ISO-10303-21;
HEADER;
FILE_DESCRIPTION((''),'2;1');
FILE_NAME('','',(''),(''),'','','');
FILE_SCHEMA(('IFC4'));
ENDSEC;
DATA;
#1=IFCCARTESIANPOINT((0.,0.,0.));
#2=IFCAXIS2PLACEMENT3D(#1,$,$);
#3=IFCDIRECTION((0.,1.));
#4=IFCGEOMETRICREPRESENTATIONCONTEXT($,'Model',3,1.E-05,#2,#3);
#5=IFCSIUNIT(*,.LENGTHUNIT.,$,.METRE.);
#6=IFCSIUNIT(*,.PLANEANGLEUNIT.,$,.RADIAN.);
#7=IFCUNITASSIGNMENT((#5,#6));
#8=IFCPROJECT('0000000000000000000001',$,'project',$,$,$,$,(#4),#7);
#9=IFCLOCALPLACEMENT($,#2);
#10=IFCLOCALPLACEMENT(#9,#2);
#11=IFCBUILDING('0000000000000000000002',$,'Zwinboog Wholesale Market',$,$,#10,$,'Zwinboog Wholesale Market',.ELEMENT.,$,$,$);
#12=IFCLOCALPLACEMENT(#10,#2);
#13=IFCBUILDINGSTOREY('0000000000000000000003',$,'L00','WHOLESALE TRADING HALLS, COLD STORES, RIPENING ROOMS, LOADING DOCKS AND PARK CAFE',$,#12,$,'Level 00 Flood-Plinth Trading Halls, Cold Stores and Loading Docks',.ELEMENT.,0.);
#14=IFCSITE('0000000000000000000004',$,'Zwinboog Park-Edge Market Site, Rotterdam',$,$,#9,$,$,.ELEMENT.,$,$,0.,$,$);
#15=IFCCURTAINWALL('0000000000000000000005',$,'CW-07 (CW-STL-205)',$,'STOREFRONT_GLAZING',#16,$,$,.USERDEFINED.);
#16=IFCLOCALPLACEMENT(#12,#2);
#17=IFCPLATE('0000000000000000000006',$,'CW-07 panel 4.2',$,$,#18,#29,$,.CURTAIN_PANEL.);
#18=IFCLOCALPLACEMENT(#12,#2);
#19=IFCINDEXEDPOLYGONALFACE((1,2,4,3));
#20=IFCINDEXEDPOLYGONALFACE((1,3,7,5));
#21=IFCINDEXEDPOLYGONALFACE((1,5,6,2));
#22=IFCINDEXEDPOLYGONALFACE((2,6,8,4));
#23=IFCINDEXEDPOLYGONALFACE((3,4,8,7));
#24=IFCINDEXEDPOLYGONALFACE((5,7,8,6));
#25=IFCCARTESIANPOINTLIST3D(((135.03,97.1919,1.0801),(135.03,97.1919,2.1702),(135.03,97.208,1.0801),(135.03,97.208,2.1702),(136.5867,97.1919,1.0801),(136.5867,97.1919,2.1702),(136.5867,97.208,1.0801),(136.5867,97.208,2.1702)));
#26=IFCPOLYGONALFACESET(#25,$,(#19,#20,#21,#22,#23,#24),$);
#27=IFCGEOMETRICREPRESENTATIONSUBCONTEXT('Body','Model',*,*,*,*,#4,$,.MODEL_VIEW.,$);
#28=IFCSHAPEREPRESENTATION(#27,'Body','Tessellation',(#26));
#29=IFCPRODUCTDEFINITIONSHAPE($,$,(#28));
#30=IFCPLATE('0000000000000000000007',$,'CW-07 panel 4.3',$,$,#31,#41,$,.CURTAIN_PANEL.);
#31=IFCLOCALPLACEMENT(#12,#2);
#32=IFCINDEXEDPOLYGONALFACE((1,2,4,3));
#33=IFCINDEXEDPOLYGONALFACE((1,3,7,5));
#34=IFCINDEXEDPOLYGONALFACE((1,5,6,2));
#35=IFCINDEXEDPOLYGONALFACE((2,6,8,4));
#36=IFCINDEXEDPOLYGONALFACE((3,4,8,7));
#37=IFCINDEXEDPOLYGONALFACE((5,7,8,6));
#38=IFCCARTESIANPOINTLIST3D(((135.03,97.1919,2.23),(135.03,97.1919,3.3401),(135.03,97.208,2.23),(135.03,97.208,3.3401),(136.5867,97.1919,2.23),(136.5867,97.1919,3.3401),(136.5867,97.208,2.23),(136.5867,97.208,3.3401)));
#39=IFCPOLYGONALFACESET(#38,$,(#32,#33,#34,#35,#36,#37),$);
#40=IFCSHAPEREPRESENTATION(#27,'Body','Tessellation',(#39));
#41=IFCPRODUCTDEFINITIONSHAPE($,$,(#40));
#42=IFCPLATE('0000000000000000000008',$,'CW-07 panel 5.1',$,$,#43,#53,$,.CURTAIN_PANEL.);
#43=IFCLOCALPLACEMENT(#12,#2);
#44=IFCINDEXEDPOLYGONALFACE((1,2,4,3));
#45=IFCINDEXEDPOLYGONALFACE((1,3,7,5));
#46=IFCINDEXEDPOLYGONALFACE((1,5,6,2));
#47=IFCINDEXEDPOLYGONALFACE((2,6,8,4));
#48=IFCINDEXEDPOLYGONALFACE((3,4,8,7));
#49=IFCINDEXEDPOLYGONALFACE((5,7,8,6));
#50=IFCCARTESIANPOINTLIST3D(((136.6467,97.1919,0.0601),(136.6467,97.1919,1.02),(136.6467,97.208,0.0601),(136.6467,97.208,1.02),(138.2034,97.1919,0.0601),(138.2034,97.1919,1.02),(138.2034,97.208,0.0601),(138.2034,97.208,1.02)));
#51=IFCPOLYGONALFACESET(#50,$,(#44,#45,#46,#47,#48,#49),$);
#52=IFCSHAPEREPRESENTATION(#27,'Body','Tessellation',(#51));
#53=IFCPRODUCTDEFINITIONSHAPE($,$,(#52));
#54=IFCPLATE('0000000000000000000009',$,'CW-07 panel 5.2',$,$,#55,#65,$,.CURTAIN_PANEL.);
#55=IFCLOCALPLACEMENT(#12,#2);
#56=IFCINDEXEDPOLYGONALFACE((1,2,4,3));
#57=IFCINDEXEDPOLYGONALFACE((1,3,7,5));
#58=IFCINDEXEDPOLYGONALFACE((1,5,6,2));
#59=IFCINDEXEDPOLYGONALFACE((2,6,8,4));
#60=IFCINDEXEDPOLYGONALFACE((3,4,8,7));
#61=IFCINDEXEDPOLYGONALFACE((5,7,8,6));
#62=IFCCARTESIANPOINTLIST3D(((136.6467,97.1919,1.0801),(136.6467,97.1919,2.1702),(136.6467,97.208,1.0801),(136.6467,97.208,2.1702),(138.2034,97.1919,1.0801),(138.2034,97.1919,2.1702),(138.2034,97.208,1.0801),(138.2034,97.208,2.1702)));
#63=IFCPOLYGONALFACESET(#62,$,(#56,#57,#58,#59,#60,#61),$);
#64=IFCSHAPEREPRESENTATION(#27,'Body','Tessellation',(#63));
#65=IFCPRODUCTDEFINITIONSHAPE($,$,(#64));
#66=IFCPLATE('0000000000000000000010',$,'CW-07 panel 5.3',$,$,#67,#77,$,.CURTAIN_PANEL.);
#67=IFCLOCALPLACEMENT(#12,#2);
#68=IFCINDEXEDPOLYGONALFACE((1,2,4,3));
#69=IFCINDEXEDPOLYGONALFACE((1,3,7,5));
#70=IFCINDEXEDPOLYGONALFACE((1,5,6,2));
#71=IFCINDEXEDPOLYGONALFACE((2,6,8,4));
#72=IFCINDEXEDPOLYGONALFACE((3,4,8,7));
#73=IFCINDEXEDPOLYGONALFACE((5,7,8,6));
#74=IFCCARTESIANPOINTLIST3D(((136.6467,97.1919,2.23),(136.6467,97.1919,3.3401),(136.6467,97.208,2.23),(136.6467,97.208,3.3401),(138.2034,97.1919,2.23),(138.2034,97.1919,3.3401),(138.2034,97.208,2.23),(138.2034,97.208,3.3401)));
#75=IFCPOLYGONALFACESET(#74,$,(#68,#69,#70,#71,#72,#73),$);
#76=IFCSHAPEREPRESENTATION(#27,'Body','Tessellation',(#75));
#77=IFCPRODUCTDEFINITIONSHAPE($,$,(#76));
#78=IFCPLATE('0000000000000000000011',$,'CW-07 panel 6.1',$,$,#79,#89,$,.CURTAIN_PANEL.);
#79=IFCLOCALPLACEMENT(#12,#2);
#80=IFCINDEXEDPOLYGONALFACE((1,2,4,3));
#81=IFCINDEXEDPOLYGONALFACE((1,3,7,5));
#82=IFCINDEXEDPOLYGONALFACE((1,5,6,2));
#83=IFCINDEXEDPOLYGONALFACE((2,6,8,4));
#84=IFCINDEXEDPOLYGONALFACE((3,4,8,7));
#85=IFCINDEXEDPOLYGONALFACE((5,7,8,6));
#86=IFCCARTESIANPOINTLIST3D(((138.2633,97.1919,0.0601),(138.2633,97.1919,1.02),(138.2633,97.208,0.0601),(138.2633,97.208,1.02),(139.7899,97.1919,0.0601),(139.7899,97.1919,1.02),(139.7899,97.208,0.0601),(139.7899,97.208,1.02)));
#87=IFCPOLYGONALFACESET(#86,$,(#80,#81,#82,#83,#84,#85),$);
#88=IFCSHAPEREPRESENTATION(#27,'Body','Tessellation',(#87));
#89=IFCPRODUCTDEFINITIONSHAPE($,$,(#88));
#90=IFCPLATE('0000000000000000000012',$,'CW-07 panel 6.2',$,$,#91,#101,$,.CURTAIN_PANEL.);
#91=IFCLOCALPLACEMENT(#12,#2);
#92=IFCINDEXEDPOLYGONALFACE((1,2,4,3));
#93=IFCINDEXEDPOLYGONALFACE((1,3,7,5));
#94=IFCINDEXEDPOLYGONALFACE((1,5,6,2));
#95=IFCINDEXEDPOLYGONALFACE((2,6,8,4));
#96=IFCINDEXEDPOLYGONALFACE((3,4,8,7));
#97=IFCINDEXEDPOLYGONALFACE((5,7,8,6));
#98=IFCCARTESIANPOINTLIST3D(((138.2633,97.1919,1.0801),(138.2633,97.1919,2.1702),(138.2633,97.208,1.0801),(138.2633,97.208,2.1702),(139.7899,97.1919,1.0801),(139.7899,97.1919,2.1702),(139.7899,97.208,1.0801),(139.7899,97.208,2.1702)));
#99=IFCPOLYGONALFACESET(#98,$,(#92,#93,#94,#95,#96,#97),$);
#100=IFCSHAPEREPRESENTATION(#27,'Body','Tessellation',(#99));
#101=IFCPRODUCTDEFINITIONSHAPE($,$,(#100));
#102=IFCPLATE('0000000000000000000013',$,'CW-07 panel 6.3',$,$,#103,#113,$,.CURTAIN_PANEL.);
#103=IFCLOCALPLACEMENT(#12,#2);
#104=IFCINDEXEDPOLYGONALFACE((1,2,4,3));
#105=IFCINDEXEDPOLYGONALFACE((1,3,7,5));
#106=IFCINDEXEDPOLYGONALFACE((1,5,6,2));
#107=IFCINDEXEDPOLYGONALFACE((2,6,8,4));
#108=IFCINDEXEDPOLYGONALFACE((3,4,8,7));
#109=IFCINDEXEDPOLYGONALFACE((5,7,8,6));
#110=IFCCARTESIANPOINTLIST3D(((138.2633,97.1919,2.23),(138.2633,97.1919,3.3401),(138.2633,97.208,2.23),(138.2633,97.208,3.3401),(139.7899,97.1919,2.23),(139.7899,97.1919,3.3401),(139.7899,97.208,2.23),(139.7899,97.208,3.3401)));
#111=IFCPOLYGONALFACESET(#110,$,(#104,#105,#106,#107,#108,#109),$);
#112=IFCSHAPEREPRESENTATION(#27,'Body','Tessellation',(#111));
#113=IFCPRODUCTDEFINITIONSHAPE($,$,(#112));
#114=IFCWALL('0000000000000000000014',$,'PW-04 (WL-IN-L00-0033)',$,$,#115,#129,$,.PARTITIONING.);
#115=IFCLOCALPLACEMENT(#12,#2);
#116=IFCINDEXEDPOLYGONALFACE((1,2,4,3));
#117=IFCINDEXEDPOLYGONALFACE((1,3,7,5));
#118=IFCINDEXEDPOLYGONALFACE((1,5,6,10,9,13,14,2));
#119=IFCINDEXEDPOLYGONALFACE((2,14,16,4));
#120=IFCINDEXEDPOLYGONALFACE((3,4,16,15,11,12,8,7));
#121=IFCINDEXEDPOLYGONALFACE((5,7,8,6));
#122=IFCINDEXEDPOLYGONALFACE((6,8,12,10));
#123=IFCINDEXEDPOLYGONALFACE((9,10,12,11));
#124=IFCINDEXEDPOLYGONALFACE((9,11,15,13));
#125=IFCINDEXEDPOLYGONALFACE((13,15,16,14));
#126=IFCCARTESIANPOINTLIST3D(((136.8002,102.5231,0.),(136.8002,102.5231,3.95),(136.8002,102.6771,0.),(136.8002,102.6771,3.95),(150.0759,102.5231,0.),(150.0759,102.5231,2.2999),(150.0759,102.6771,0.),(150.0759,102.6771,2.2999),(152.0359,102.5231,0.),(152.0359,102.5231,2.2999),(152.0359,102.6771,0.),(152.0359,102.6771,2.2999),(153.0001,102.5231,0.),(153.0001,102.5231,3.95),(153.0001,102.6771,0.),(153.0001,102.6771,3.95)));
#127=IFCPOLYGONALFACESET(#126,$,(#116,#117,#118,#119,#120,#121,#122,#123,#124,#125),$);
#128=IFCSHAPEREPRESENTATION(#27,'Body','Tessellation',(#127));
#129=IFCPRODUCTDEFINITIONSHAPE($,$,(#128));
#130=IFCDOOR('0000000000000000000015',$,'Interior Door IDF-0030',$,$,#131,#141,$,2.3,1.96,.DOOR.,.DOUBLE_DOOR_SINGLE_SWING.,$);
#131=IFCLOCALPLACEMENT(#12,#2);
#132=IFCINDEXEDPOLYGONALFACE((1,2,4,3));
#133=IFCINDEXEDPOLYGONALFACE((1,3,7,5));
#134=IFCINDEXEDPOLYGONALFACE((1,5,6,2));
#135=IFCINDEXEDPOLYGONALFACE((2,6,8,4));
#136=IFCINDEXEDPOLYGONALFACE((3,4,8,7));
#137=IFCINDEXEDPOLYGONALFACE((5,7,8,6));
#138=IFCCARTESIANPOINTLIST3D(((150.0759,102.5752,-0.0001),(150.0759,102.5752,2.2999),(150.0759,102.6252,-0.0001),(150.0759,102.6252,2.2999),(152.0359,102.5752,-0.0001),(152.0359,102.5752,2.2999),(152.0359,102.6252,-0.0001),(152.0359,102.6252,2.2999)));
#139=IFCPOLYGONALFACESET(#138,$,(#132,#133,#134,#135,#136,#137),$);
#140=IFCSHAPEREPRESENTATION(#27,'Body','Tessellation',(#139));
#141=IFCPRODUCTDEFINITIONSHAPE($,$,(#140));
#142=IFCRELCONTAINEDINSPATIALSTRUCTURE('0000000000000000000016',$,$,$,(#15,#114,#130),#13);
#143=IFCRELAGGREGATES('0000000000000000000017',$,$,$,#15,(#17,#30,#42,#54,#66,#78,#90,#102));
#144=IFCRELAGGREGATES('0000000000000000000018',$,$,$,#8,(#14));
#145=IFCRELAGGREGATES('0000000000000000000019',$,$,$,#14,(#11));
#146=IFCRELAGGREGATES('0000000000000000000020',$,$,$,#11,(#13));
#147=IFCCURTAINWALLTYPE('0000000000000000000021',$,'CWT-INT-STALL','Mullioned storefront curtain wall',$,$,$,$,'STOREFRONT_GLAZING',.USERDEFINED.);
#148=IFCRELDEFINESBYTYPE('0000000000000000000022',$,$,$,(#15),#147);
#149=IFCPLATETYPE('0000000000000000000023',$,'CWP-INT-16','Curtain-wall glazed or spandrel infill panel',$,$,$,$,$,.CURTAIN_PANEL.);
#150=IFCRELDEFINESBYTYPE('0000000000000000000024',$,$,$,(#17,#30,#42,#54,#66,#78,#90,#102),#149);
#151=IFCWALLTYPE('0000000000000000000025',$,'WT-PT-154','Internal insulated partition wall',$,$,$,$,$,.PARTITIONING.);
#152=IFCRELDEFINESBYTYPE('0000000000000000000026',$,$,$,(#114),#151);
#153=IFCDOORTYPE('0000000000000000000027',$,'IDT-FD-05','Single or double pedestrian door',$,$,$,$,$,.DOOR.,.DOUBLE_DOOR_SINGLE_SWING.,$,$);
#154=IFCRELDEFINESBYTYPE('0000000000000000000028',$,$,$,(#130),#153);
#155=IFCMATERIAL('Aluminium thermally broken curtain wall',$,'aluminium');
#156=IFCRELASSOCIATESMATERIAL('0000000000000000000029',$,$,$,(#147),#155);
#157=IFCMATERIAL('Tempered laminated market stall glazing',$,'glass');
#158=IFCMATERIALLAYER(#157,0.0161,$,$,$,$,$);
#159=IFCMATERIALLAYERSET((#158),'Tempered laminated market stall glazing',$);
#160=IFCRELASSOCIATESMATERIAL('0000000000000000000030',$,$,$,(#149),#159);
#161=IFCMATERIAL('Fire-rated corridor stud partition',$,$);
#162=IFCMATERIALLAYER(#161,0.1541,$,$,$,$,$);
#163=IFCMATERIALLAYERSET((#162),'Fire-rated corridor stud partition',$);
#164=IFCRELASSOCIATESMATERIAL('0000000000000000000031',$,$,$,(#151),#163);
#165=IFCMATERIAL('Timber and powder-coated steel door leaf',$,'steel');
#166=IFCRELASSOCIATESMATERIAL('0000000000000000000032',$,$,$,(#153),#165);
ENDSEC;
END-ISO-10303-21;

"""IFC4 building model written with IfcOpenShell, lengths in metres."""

from ifc_helpers import new_model, si_unit, direction, frame, frame_2d, origin, origin_2d, place, context, subcontext, project, spatial, rectangle, extrude, material, layer, layer_set, type_object, element, fill, aggregate, save


model = new_model("IFC4")

# Units and contexts
model_context = context("Model", 3, precision=1e-05, world=origin(), true_north=direction((0.0, 1.0)))
body_context = subcontext(model_context, "Body", "Model", "MODEL_VIEW")
ifc_project = project(units=[si_unit("LENGTHUNIT", "METRE"), si_unit("PLANEANGLEUNIT", "RADIAN")], contexts=[model_context])

# Site, building, storey
site_placement = place(None, origin())
site = spatial("IfcSite", under=ifc_project, at=site_placement, Name="Zwinboog Park-Edge Market Site, Rotterdam", CompositionType="ELEMENT", RefElevation=0.0)
building_placement = place(site_placement, origin())
building = spatial("IfcBuilding", under=site, at=building_placement, Name="Zwinboog Wholesale Market", LongName="Zwinboog Wholesale Market", CompositionType="ELEMENT")
storey_placement = place(building_placement, origin())
storey = spatial("IfcBuildingStorey", under=building, at=storey_placement, Name="L00", Description="WHOLESALE TRADING HALLS, COLD STORES, RIPENING ROOMS, LOADING DOCKS AND PARK CAFE", LongName="Level 00 Flood-Plinth Trading Halls, Cold Stores and Loading Docks", CompositionType="ELEMENT", Elevation=0.0)

# Curtain wall, plates
ifc_material_1 = material(Name="Aluminium thermally broken curtain wall", Category="aluminium")
curtain_wall_type = type_object("IfcCurtainWallType", Name="CWT-INT-STALL", Description="Mullioned storefront curtain wall", ElementType="STOREFRONT_GLAZING", PredefinedType="USERDEFINED", material=ifc_material_1)
curtain_wall_placement = place(storey_placement, origin())
curtain_wall = element("IfcCurtainWall", 1, at=curtain_wall_placement, inside=storey, type_object=curtain_wall_type, Name="CW-07 (CW-STL-205)", ObjectType="STOREFRONT_GLAZING", PredefinedType="USERDEFINED")
ifc_material_2 = material(Name="Tempered laminated market stall glazing", Category="glass")
ifc_layer_1 = layer(ifc_material_2, 0.0161)
ifc_layer_set_1 = layer_set([ifc_layer_1], Name="Tempered laminated market stall glazing")
plate_type = type_object("IfcPlateType", Name="CWP-INT-16", Description="Curtain-wall glazed or spandrel infill panel", PredefinedType="CURTAIN_PANEL", material=ifc_layer_set_1)
plate_1_placement = place(storey_placement, frame((135.8083, 97.2, 1.0801), z_axis=(0.0, 0.0, 1.0), x_axis=(1.0, 0.0, 0.0)))
plate_1 = element("IfcPlate", 2, at=plate_1_placement, type_object=plate_type, Name="CW-07 panel 4.2", PredefinedType="CURTAIN_PANEL", context=body_context, shape_type="SweptSolid", body=[
    extrude(rectangle(XDim=1.5566, YDim=0.0161, at=origin_2d()), origin(), (0.0, 0.0, 1.0), 1.0901),
])
plate_2_placement = place(storey_placement, frame((135.8083, 97.2, 2.23), z_axis=(0.0, 0.0, 1.0), x_axis=(1.0, 0.0, 0.0)))
plate_2 = element("IfcPlate", 3, at=plate_2_placement, type_object=plate_type, Name="CW-07 panel 4.3", PredefinedType="CURTAIN_PANEL", context=body_context, shape_type="SweptSolid", body=[
    extrude(rectangle(XDim=1.5566, YDim=0.0161, at=origin_2d()), origin(), (0.0, 0.0, 1.0), 1.1101),
])
plate_3_placement = place(storey_placement, frame((137.425, 97.2, 0.0601), z_axis=(0.0, 0.0, 1.0), x_axis=(1.0, 0.0, 0.0)))
plate_3 = element("IfcPlate", 4, at=plate_3_placement, type_object=plate_type, Name="CW-07 panel 5.1", PredefinedType="CURTAIN_PANEL", context=body_context, shape_type="SweptSolid", body=[
    extrude(rectangle(XDim=1.5566, YDim=0.0161, at=origin_2d()), origin(), (0.0, 0.0, 1.0), 0.96),
])
plate_4_placement = place(storey_placement, frame((137.425, 97.2, 1.0801), z_axis=(0.0, 0.0, 1.0), x_axis=(1.0, 0.0, 0.0)))
plate_4 = element("IfcPlate", 5, at=plate_4_placement, type_object=plate_type, Name="CW-07 panel 5.2", PredefinedType="CURTAIN_PANEL", context=body_context, shape_type="SweptSolid", body=[
    extrude(rectangle(XDim=1.5566, YDim=0.0161, at=origin_2d()), origin(), (0.0, 0.0, 1.0), 1.0901),
])
plate_5_placement = place(storey_placement, frame((137.425, 97.2, 2.23), z_axis=(0.0, 0.0, 1.0), x_axis=(1.0, 0.0, 0.0)))
plate_5 = element("IfcPlate", 6, at=plate_5_placement, type_object=plate_type, Name="CW-07 panel 5.3", PredefinedType="CURTAIN_PANEL", context=body_context, shape_type="SweptSolid", body=[
    extrude(rectangle(XDim=1.5566, YDim=0.0161, at=origin_2d()), origin(), (0.0, 0.0, 1.0), 1.1101),
])
plate_6_placement = place(storey_placement, frame((139.0266, 97.2, 0.0601), z_axis=(0.0, 0.0, 1.0), x_axis=(1.0, 0.0, 0.0)))
plate_6 = element("IfcPlate", 7, at=plate_6_placement, type_object=plate_type, Name="CW-07 panel 6.1", PredefinedType="CURTAIN_PANEL", context=body_context, shape_type="SweptSolid", body=[
    extrude(rectangle(XDim=1.5266, YDim=0.0161, at=origin_2d()), origin(), (0.0, 0.0, 1.0), 0.96),
])
plate_7_placement = place(storey_placement, frame((139.0266, 97.2, 1.0801), z_axis=(0.0, 0.0, 1.0), x_axis=(1.0, 0.0, 0.0)))
plate_7 = element("IfcPlate", 8, at=plate_7_placement, type_object=plate_type, Name="CW-07 panel 6.2", PredefinedType="CURTAIN_PANEL", context=body_context, shape_type="SweptSolid", body=[
    extrude(rectangle(XDim=1.5266, YDim=0.0161, at=origin_2d()), origin(), (0.0, 0.0, 1.0), 1.0901),
])
plate_8_placement = place(storey_placement, frame((139.0266, 97.2, 2.23), z_axis=(0.0, 0.0, 1.0), x_axis=(1.0, 0.0, 0.0)))
plate_8 = element("IfcPlate", 9, at=plate_8_placement, type_object=plate_type, Name="CW-07 panel 6.3", PredefinedType="CURTAIN_PANEL", context=body_context, shape_type="SweptSolid", body=[
    extrude(rectangle(XDim=1.5266, YDim=0.0161, at=origin_2d()), origin(), (0.0, 0.0, 1.0), 1.1101),
])
aggregate(curtain_wall, [plate_1, plate_2, plate_3, plate_4, plate_5, plate_6, plate_7, plate_8])

# Wall, opening, door
ifc_material_3 = material(Name="Fire-rated corridor stud partition")
ifc_layer_2 = layer(ifc_material_3, 0.1541)
ifc_layer_set_2 = layer_set([ifc_layer_2], Name="Fire-rated corridor stud partition")
wall_type = type_object("IfcWallType", Name="WT-PT-154", Description="Internal insulated partition wall", PredefinedType="PARTITIONING", material=ifc_layer_set_2)
wall_placement = place(storey_placement, frame((136.8, 102.6001, 0.0), z_axis=(0.0, 0.0, 1.0), x_axis=(1.0, 0.0, 0.0)))
wall = element("IfcWall", 10, at=wall_placement, inside=storey, type_object=wall_type, Name="PW-04 (WL-IN-L00-0033)", PredefinedType="PARTITIONING", context=body_context, shape_type="SweptSolid", body=[
    extrude(rectangle(XDim=16.2, YDim=0.1541, at=frame_2d((8.1001, 0.0))), origin(), (0.0, 0.0, 1.0), 3.95),
])
opening_placement = place(wall_placement, frame((13.2759, 0.0, 0.0)))
opening = element("IfcOpeningElement", 11, at=opening_placement, cuts=wall, PredefinedType="OPENING", context=body_context, shape_type="SweptSolid", body=[
    extrude(rectangle(XDim=1.96, YDim=2.3, at=frame_2d((0.98, 1.1499))), frame((0.0, 0.0869, 0.0), z_axis=(0.0, -1.0, 0.0), x_axis=(1.0, 0.0, 0.0)), (0.0, 0.0, 1.0), 0.1741),
])
ifc_material_4 = material(Name="Timber and powder-coated steel door leaf", Category="steel")
door_type = type_object("IfcDoorType", Name="IDT-FD-05", Description="Single or double pedestrian door", OperationType="DOUBLE_DOOR_SINGLE_SWING", PredefinedType="DOOR", material=ifc_material_4)
door_placement = place(opening_placement, frame((1.96, 0.0, 0.0), z_axis=(0.0, 0.0, 1.0), x_axis=(-1.0, 0.0, 0.0)))
door = element("IfcDoor", 12, at=door_placement, inside=storey, type_object=door_type, Name="Interior Door IDF-0030", OperationType="DOUBLE_DOOR_SINGLE_SWING", OverallHeight=2.3, OverallWidth=1.96, PredefinedType="DOOR", context=body_context, shape_type="SweptSolid", body=[
    extrude(rectangle(XDim=1.96, YDim=2.3, at=frame_2d((0.98, 1.1499))), frame((0.0, 0.0249, 0.0), z_axis=(0.0, -1.0, 0.0), x_axis=(1.0, 0.0, 0.0)), (0.0, 0.0, 1.0), 0.05),
])
fill(opening, door)

save(model, "model.ifc")
